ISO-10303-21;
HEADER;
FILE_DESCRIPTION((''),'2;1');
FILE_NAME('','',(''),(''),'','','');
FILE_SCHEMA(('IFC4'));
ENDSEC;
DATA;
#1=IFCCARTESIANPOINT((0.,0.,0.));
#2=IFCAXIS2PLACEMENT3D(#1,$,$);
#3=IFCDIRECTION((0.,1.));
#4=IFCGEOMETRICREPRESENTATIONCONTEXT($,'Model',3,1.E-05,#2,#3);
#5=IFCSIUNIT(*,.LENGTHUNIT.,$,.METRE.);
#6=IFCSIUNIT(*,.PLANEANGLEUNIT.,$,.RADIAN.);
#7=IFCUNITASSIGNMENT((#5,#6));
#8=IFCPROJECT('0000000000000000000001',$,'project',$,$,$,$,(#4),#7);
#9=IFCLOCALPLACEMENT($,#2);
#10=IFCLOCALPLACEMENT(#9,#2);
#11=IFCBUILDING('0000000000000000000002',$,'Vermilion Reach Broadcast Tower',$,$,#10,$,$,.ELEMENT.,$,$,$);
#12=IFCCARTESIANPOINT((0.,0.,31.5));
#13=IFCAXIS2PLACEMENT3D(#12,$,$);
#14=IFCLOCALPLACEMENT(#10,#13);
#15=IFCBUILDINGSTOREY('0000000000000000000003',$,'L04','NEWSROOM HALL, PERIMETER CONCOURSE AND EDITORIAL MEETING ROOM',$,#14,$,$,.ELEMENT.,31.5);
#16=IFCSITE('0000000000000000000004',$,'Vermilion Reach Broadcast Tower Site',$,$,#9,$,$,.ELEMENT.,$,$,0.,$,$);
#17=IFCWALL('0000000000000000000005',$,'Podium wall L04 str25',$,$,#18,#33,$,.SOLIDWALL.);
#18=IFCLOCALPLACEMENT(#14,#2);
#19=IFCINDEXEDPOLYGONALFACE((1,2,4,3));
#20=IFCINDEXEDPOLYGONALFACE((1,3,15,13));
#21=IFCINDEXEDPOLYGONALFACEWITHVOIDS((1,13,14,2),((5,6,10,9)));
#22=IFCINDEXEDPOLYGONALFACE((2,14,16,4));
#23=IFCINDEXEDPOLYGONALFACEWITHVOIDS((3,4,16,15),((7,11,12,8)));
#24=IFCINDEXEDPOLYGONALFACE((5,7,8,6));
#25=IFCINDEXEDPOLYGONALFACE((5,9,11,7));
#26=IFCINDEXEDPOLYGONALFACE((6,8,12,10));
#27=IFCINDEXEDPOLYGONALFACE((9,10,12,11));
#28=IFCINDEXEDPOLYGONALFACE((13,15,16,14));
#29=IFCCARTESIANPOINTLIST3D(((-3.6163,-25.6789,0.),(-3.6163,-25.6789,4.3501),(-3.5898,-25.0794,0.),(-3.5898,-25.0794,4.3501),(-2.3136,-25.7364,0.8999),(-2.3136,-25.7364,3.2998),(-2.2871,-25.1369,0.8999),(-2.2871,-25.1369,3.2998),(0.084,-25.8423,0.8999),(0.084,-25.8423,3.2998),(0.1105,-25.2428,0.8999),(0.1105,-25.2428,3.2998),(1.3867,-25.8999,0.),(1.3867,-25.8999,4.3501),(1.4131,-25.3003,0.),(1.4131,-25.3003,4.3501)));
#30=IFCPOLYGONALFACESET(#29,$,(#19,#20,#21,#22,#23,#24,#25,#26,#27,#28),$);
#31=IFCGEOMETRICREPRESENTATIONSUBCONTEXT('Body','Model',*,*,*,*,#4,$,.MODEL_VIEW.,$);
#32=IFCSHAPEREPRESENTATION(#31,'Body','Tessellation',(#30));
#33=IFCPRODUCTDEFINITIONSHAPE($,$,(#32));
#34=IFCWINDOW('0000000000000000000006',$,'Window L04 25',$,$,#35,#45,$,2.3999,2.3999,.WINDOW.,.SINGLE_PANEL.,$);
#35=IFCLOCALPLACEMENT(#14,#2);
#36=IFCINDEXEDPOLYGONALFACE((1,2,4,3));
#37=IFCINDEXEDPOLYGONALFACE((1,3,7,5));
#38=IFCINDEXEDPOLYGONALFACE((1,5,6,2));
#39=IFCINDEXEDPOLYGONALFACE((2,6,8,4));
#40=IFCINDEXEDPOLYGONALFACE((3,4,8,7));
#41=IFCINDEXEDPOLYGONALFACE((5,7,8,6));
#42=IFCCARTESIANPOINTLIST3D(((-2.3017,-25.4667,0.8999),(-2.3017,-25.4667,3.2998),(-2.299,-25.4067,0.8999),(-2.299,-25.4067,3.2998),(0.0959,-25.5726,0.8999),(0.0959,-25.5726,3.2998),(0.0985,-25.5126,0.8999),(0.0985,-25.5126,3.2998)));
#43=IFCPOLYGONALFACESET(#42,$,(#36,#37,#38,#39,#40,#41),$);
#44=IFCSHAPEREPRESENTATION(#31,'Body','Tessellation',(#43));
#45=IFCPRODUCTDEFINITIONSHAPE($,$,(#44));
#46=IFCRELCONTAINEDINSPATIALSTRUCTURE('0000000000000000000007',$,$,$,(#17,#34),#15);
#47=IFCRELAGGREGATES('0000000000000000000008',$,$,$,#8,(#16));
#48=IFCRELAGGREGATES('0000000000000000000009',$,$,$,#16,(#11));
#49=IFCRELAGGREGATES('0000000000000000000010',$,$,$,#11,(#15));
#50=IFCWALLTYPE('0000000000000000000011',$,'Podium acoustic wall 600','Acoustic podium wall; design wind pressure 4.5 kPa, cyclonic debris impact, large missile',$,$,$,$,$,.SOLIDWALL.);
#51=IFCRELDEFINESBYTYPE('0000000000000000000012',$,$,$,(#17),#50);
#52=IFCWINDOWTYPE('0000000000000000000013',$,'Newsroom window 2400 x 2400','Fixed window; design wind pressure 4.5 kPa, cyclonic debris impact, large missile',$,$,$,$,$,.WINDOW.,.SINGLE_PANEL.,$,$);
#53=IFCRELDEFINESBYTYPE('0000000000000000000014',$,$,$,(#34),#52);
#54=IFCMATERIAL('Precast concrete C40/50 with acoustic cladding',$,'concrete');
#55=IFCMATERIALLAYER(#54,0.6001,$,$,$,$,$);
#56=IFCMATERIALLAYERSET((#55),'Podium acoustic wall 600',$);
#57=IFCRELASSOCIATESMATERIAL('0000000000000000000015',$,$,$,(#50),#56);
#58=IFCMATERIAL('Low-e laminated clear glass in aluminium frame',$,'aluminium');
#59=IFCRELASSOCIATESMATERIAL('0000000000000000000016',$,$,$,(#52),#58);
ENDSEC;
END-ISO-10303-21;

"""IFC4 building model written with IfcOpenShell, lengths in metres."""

from ifc_helpers import new_model, si_unit, direction, frame, frame_2d, origin, place, context, subcontext, project, spatial, rectangle, extrude, material, layer, layer_set, type_object, element, fill, save


model = new_model("IFC4")

# Units and contexts
model_context = context("Model", 3, precision=1e-05, world=origin(), true_north=direction((0.0, 1.0)))
body_context = subcontext(model_context, "Body", "Model", "MODEL_VIEW")
ifc_project = project(units=[si_unit("LENGTHUNIT", "METRE"), si_unit("PLANEANGLEUNIT", "RADIAN")], contexts=[model_context])

# Site, building, storey
site_placement = place(None, origin())
site = spatial("IfcSite", under=ifc_project, at=site_placement, Name="Vermilion Reach Broadcast Tower Site", CompositionType="ELEMENT", RefElevation=0.0)
building_placement = place(site_placement, origin())
building = spatial("IfcBuilding", under=site, at=building_placement, Name="Vermilion Reach Broadcast Tower", CompositionType="ELEMENT")
storey_placement = place(building_placement, frame((0.0, 0.0, 31.5)))
storey = spatial("IfcBuildingStorey", under=building, at=storey_placement, Name="L04", Description="NEWSROOM HALL, PERIMETER CONCOURSE AND EDITORIAL MEETING ROOM", CompositionType="ELEMENT", Elevation=31.5)

# Wall, opening, window
ifc_material_1 = material(Name="Precast concrete C40/50 with acoustic cladding", Category="concrete")
ifc_layer_1 = layer(ifc_material_1, 0.6001)
ifc_layer_set_1 = layer_set([ifc_layer_1], Name="Podium acoustic wall 600")
wall_type_1 = type_object("IfcWallType", Name="Podium acoustic wall 600", Description="Acoustic podium wall; design wind pressure 4.5 kPa, cyclonic debris impact, large missile", PredefinedType="SOLIDWALL", material=ifc_layer_set_1)
ifc_material_2 = material(Name="Low-e laminated clear glass in aluminium frame", Category="aluminium")
window_type = type_object("IfcWindowType", Name="Newsroom window 2400 x 2400", Description="Fixed window; design wind pressure 4.5 kPa, cyclonic debris impact, large missile", PartitioningType="SINGLE_PANEL", PredefinedType="WINDOW", material=ifc_material_2)
wall_1_placement = place(storey_placement, frame((-3.603, -25.3792, 0.0), z_axis=(0.0, 0.0, 1.0), x_axis=(0.999026, -0.044121, 0.0)))
wall_1 = element("IfcWall", 1, at=wall_1_placement, inside=storey, type_object=wall_type_1, Name="Podium wall L04 str25", PredefinedType="SOLIDWALL", context=body_context, shape_type="SweptSolid", body=[
    extrude(rectangle(XDim=5.0078, YDim=0.6001, at=frame_2d((2.5039, 0.0))), origin(), (0.0, 0.0, 1.0), 4.3501),
])
opening_1_placement = place(wall_1_placement, frame((1.304, 0.0, 0.8999)))
opening_1 = element("IfcOpeningElement", 2, at=opening_1_placement, cuts=wall_1, PredefinedType="OPENING", context=body_context, shape_type="SweptSolid", body=[
    extrude(rectangle(XDim=2.3999, YDim=2.3999, at=frame_2d((1.2, 1.2))), frame((0.0, 0.3101, 0.0), z_axis=(0.0, -1.0, 0.0), x_axis=(1.0, 0.0, 0.0)), (0.0, 0.0, 1.0), 0.6201),
])
window_1_placement = place(opening_1_placement, origin())
window_1 = element("IfcWindow", 3, at=window_1_placement, inside=storey, type_object=window_type, Name="Window L04 25", OverallHeight=2.3999, OverallWidth=2.3999, PartitioningType="SINGLE_PANEL", PredefinedType="WINDOW", context=body_context, shape_type="SweptSolid", body=[
    extrude(rectangle(XDim=2.3999, YDim=2.3999, at=frame_2d((1.2, 1.2))), frame((0.0, 0.03, 0.0), z_axis=(0.0, -1.0, 0.0), x_axis=(1.0, 0.0, 0.0)), (0.0, 0.0, 1.0), 0.0601),
])
fill(opening_1, window_1)

save(model, "model.ifc")
